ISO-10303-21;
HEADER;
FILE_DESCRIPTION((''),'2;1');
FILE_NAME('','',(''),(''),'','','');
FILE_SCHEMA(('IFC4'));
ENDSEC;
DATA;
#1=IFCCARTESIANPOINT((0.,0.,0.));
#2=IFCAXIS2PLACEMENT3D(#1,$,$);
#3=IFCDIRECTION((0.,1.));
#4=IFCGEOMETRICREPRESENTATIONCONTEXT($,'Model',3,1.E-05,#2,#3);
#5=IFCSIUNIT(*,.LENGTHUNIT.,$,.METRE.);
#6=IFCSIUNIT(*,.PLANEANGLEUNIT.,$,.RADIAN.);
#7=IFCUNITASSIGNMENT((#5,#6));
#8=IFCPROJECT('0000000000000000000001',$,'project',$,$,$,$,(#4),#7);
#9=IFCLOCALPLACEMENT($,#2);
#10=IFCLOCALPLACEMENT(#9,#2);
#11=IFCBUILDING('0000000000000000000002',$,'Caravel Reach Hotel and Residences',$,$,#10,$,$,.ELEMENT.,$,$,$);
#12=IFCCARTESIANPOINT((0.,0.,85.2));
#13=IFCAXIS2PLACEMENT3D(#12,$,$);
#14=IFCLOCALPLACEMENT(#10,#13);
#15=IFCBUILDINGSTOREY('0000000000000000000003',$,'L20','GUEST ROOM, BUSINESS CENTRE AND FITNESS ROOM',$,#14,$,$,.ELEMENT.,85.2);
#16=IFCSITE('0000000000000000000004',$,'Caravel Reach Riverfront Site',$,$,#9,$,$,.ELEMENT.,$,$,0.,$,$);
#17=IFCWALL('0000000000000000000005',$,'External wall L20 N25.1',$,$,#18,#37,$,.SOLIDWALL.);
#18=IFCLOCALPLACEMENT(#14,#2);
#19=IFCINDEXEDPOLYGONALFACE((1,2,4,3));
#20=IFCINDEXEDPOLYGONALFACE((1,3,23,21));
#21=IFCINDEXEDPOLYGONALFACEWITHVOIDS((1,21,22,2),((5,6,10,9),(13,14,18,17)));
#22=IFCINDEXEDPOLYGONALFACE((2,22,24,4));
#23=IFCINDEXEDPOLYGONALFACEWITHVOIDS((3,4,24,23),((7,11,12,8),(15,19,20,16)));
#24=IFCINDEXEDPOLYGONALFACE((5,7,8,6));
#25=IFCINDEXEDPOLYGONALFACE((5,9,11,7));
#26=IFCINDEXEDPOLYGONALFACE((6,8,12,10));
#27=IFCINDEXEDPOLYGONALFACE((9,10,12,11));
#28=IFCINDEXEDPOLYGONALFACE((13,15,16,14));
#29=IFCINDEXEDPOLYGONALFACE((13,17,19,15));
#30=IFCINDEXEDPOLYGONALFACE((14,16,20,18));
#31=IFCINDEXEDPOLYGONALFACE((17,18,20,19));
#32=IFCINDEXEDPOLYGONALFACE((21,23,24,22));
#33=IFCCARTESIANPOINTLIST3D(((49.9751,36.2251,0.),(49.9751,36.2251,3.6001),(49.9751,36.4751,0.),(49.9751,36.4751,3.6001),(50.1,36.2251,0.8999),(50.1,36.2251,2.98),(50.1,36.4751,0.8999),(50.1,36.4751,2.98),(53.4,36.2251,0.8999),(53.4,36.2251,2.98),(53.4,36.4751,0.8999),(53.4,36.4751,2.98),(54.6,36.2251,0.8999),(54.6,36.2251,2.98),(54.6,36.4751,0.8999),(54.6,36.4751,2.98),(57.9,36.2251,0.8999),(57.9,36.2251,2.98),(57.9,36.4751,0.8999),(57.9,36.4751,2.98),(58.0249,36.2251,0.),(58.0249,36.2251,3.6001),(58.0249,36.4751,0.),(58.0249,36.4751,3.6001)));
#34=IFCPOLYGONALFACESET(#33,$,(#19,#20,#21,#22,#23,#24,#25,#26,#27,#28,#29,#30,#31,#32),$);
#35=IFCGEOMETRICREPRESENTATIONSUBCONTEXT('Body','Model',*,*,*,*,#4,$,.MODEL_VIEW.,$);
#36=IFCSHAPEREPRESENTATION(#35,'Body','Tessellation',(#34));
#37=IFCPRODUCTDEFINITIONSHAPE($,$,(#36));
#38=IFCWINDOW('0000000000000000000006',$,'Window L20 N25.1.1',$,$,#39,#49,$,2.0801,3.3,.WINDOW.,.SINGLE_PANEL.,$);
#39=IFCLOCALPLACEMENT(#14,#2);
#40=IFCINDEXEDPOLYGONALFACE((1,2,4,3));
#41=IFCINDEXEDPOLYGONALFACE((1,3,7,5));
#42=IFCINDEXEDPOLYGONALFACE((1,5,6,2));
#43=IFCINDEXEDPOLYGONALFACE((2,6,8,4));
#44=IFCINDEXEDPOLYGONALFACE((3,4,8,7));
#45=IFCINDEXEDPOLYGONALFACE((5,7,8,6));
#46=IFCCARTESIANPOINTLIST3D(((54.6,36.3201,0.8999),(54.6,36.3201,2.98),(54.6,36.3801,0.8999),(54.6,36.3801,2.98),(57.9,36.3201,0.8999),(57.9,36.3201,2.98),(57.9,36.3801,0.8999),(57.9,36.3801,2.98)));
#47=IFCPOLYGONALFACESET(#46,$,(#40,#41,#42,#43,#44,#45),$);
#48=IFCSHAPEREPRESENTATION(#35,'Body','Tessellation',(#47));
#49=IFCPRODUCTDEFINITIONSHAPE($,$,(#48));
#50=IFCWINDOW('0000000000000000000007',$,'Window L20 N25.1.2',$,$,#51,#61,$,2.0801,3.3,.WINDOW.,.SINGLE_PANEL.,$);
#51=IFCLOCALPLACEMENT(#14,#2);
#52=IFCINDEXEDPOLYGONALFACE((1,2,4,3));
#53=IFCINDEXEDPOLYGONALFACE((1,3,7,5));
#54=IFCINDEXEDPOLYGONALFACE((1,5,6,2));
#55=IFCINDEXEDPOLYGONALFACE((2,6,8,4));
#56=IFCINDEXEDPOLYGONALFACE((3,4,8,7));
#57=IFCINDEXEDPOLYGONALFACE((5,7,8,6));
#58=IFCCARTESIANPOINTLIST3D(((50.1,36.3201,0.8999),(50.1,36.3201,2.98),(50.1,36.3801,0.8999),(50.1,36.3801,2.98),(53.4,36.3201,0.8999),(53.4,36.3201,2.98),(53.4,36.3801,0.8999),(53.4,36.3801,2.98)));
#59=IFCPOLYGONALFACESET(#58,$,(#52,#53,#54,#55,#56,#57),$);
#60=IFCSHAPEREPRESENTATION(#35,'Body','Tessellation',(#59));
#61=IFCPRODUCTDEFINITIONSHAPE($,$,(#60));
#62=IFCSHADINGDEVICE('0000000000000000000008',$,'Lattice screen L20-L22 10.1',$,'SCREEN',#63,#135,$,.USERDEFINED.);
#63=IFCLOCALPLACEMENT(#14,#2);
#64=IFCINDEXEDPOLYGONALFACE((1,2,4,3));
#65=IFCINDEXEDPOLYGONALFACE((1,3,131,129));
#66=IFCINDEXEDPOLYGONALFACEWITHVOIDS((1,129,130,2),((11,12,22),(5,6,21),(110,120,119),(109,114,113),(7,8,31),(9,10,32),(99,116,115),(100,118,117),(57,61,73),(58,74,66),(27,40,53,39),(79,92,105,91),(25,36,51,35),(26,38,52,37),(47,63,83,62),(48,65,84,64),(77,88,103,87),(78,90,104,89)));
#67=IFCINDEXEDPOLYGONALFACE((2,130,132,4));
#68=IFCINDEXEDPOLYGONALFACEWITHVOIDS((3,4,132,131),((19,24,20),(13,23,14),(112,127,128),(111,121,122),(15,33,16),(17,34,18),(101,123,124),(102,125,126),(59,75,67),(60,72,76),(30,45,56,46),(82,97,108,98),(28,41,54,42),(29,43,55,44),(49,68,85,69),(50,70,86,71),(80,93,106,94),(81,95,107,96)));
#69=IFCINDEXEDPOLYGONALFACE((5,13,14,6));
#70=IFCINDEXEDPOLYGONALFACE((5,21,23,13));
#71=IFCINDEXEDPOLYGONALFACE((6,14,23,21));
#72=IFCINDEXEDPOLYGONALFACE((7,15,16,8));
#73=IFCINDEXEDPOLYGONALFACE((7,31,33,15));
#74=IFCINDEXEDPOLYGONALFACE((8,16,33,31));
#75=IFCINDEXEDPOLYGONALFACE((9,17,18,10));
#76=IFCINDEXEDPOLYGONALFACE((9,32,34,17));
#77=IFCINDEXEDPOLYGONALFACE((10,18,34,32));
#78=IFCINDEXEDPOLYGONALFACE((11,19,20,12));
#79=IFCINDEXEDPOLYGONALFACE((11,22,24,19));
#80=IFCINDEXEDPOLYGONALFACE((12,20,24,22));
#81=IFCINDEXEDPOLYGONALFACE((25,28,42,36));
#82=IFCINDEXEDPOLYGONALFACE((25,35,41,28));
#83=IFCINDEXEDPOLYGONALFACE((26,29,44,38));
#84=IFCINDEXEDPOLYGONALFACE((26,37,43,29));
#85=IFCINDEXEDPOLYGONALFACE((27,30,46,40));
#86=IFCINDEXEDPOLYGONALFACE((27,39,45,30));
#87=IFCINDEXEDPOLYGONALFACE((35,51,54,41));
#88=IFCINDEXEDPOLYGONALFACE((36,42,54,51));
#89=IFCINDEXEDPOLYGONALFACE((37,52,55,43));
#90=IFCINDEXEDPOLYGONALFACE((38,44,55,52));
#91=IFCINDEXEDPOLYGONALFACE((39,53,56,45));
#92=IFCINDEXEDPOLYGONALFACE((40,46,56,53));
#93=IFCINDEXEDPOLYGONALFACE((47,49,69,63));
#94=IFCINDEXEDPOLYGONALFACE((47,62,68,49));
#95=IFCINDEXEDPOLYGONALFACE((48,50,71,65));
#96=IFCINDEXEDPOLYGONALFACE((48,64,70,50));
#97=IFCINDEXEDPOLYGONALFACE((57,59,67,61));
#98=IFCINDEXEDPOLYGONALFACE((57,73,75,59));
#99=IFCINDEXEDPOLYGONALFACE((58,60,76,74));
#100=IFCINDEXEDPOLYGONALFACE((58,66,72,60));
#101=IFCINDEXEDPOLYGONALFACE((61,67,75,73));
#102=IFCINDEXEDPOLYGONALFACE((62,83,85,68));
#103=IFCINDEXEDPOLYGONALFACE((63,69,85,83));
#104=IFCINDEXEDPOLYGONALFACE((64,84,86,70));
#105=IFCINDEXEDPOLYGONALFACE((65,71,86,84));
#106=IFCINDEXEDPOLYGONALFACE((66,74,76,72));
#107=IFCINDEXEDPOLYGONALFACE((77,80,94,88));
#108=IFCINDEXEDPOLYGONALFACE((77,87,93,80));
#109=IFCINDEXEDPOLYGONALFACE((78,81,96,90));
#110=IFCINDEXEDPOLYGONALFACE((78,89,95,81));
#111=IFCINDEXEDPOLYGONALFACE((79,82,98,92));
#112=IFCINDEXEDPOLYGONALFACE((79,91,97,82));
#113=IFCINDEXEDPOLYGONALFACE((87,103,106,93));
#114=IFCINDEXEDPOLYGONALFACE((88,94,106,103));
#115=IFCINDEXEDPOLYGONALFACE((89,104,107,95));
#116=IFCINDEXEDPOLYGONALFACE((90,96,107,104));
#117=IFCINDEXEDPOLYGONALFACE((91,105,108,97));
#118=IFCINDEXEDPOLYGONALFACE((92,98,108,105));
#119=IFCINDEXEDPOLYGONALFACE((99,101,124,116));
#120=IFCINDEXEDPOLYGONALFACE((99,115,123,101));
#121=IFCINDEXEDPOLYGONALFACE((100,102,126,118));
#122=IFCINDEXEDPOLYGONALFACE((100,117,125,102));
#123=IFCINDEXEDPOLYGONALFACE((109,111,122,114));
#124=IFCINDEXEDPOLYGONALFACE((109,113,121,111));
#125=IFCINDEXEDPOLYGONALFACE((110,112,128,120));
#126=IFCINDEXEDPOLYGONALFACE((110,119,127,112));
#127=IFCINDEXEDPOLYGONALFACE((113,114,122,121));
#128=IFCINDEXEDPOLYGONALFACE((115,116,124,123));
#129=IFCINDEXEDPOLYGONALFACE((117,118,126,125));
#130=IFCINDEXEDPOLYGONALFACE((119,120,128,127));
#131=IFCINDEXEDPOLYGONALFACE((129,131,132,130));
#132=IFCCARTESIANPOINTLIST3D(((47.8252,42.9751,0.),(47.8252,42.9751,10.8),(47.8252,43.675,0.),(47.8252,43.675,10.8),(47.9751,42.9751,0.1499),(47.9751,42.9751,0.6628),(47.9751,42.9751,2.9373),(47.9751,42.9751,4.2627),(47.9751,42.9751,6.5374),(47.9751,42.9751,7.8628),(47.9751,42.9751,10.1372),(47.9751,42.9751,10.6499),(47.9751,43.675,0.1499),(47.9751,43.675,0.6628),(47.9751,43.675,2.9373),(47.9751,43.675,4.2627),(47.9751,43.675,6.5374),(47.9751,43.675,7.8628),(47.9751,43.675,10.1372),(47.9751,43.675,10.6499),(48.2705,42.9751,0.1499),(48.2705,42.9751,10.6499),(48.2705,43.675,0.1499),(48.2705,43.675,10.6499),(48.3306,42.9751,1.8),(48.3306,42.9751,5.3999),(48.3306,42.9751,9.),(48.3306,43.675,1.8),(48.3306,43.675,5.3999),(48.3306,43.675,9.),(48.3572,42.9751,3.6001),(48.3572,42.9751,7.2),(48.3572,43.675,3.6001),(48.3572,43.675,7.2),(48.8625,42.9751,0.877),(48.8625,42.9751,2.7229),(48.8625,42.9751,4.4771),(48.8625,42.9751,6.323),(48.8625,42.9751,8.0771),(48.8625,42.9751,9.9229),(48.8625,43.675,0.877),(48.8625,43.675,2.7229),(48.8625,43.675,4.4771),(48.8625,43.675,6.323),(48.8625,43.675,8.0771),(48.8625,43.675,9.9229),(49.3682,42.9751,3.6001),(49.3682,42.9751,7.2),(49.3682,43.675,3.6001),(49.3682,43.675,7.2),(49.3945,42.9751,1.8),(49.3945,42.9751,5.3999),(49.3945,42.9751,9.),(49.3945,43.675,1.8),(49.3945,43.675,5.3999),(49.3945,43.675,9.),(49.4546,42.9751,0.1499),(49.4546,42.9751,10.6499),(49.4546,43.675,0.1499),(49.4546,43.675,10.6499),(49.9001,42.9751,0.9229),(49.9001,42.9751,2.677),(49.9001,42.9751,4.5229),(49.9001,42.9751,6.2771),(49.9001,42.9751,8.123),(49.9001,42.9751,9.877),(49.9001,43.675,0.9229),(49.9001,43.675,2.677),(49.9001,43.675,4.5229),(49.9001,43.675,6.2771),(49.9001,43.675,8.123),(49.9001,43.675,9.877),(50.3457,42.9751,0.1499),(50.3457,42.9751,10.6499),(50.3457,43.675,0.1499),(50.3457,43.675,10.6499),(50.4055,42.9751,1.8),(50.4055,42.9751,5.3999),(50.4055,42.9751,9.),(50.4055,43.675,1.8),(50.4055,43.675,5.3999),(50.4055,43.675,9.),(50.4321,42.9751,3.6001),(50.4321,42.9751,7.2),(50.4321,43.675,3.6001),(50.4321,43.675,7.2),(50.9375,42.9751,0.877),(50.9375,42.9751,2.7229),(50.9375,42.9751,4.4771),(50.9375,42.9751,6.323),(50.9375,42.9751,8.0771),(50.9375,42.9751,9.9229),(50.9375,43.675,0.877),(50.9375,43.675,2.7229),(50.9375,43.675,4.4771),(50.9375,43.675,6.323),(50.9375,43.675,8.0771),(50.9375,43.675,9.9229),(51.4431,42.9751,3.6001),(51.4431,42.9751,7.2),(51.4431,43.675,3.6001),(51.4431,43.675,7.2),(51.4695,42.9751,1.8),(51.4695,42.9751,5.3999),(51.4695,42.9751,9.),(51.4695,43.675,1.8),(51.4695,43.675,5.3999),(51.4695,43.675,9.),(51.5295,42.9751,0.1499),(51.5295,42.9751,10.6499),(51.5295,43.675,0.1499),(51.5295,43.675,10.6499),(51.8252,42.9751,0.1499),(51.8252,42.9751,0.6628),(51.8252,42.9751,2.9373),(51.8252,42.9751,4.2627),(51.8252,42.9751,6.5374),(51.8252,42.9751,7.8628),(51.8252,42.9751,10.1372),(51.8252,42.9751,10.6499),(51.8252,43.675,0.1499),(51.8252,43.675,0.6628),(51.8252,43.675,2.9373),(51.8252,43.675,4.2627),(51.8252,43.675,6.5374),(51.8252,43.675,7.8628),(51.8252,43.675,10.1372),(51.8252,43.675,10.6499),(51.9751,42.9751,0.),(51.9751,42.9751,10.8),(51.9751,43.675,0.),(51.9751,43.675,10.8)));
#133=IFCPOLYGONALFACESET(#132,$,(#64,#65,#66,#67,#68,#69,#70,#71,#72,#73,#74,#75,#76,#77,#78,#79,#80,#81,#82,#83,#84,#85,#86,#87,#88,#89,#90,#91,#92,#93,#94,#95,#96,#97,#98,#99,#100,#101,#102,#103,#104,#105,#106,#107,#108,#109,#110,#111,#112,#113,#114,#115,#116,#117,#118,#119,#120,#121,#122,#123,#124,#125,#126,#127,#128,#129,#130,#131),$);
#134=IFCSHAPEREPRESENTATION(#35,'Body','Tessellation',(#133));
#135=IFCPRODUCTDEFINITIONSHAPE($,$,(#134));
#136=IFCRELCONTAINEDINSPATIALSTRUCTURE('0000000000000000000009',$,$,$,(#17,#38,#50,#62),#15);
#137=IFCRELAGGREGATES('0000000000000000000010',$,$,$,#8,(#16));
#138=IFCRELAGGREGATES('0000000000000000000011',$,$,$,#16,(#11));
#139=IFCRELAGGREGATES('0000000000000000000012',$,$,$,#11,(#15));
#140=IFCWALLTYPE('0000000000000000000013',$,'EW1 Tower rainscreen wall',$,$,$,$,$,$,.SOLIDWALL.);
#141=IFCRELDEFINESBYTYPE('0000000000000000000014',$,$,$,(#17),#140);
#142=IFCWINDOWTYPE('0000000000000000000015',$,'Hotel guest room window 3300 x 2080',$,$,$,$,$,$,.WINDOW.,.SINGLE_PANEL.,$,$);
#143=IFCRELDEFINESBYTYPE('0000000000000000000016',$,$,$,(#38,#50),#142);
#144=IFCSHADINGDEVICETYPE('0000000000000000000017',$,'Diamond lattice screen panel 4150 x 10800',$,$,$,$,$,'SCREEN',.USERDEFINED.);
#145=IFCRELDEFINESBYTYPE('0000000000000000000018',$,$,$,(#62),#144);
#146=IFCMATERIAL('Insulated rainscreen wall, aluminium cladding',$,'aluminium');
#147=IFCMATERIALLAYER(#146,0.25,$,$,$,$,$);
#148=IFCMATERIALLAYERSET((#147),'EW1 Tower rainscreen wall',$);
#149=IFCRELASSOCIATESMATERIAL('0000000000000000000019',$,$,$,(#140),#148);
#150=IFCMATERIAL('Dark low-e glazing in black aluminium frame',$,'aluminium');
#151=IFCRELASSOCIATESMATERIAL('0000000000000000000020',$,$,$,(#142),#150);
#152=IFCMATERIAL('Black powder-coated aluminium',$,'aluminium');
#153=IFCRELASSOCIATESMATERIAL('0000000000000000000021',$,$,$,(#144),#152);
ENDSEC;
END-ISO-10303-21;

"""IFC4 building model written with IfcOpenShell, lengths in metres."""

from ifc_helpers import new_model, si_unit, direction, frame, frame_2d, origin, place, context, subcontext, project, spatial, polyline, rectangle, outline, extrude, material, layer, layer_set, type_object, element, fill, save


model = new_model("IFC4")

# Units and contexts
model_context = context("Model", 3, precision=1e-05, world=origin(), true_north=direction((0.0, 1.0)))
body_context = subcontext(model_context, "Body", "Model", "MODEL_VIEW")
ifc_project = project(units=[si_unit("LENGTHUNIT", "METRE"), si_unit("PLANEANGLEUNIT", "RADIAN")], contexts=[model_context])

# Site, building, storey
site_placement = place(None, origin())
site = spatial("IfcSite", under=ifc_project, at=site_placement, Name="Caravel Reach Riverfront Site", CompositionType="ELEMENT", RefElevation=0.0)
building_placement = place(site_placement, origin())
building = spatial("IfcBuilding", under=site, at=building_placement, Name="Caravel Reach Hotel and Residences", CompositionType="ELEMENT")
storey_placement = place(building_placement, frame((0.0, 0.0, 85.2)))
storey = spatial("IfcBuildingStorey", under=building, at=storey_placement, Name="L20", Description="GUEST ROOM, BUSINESS CENTRE AND FITNESS ROOM", CompositionType="ELEMENT", Elevation=85.2)

# Shared definitions
ifc_material_1 = material(Name="Insulated rainscreen wall, aluminium cladding", Category="aluminium")
ifc_layer = layer(ifc_material_1, 0.25)
ifc_layer_set = layer_set([ifc_layer], Name="EW1 Tower rainscreen wall")
wall_type = type_object("IfcWallType", Name="EW1 Tower rainscreen wall", PredefinedType="SOLIDWALL", material=ifc_layer_set)

# Wall, openings, windows
wall_1_placement = place(storey_placement, frame((58.0249, 36.3501, 0.0), z_axis=(0.0, 0.0, 1.0), x_axis=(-1.0, 0.0, 0.0)))
wall_1 = element("IfcWall", 1, at=wall_1_placement, inside=storey, type_object=wall_type, Name="External wall L20 N25.1", PredefinedType="SOLIDWALL", context=body_context, shape_type="SweptSolid", body=[
    extrude(rectangle(XDim=8.0498, YDim=0.25, at=frame_2d((4.0249, 0.0))), origin(), (0.0, 0.0, 1.0), 3.6001),
])
opening_1_placement = place(wall_1_placement, frame((0.125, 0.0, 0.8999)))
opening_1 = element("IfcOpeningElement", 2, at=opening_1_placement, cuts=wall_1, PredefinedType="OPENING", context=body_context, shape_type="SweptSolid", body=[
    extrude(rectangle(XDim=3.3, YDim=2.0801, at=frame_2d((1.6499, 1.04))), frame((0.0, 0.135, 0.0), z_axis=(0.0, -1.0, 0.0), x_axis=(1.0, 0.0, 0.0)), (0.0, 0.0, 1.0), 0.27),
])
opening_2_placement = place(wall_1_placement, frame((4.625, 0.0, 0.8999)))
opening_2 = element("IfcOpeningElement", 3, at=opening_2_placement, cuts=wall_1, PredefinedType="OPENING", context=body_context, shape_type="SweptSolid", body=[
    extrude(rectangle(XDim=3.3, YDim=2.0801, at=frame_2d((1.6499, 1.04))), frame((0.0, 0.135, 0.0), z_axis=(0.0, -1.0, 0.0), x_axis=(1.0, 0.0, 0.0)), (0.0, 0.0, 1.0), 0.27),
])
ifc_material_2 = material(Name="Dark low-e glazing in black aluminium frame", Category="aluminium")
window_type_1 = type_object("IfcWindowType", Name="Hotel guest room window 3300 x 2080", PartitioningType="SINGLE_PANEL", PredefinedType="WINDOW", material=ifc_material_2)
window_1_placement = place(opening_1_placement, origin())
window_1 = element("IfcWindow", 4, at=window_1_placement, inside=storey, type_object=window_type_1, Name="Window L20 N25.1.1", OverallHeight=2.0801, OverallWidth=3.3, PartitioningType="SINGLE_PANEL", PredefinedType="WINDOW", context=body_context, shape_type="SweptSolid", body=[
    extrude(rectangle(XDim=3.3, YDim=2.0801, at=frame_2d((1.6499, 1.04))), frame((0.0, 0.03, 0.0), z_axis=(0.0, -1.0, 0.0), x_axis=(1.0, 0.0, 0.0)), (0.0, 0.0, 1.0), 0.0601),
])
fill(opening_1, window_1)
window_2_placement = place(opening_2_placement, origin())
window_2 = element("IfcWindow", 5, at=window_2_placement, inside=storey, type_object=window_type_1, Name="Window L20 N25.1.2", OverallHeight=2.0801, OverallWidth=3.3, PartitioningType="SINGLE_PANEL", PredefinedType="WINDOW", context=body_context, shape_type="SweptSolid", body=[
    extrude(rectangle(XDim=3.3, YDim=2.0801, at=frame_2d((1.6499, 1.04))), frame((0.0, 0.03, 0.0), z_axis=(0.0, -1.0, 0.0), x_axis=(1.0, 0.0, 0.0)), (0.0, 0.0, 1.0), 0.0601),
])
fill(opening_2, window_2)

# Shading device
ifc_material_3 = material(Name="Black powder-coated aluminium", Category="aluminium")
shading_device_type_1 = type_object("IfcShadingDeviceType", Name="Diamond lattice screen panel 4150 x 10800", ElementType="SCREEN", PredefinedType="USERDEFINED", material=ifc_material_3)
shading_device_1_placement = place(storey_placement, frame((51.9751, 42.9751, 0.0), z_axis=(0.0, 1.0, 0.0), x_axis=(-1.0, 0.0, 0.0)))
element("IfcShadingDevice", 6, at=shading_device_1_placement, inside=storey, type_object=shading_device_type_1, Name="Lattice screen L20-L22 10.1", ObjectType="SCREEN", PredefinedType="USERDEFINED", context=body_context, shape_type="SweptSolid", body=[
    extrude(outline(polyline([(0.0, 0.0), (4.1499, 0.0), (4.1499, 10.8), (0.0, 10.8), (0.0, 0.0)]), holes=[polyline([(0.4456, 0.1499), (0.1499, 0.6628), (0.1499, 0.1499), (0.4456, 0.1499)]), polyline([(0.532, 3.6001), (0.1499, 4.2627), (0.1499, 2.9373), (0.532, 3.6001)]), polyline([(0.532, 7.2), (0.1499, 7.8628), (0.1499, 6.5374), (0.532, 7.2)]), polyline([(0.1499, 10.1372), (0.4456, 10.6499), (0.1499, 10.6499), (0.1499, 10.1372)]), polyline([(1.0376, 2.7229), (0.5056, 1.8), (1.0376, 0.877), (1.5696, 1.8), (1.0376, 2.7229)]), polyline([(1.0376, 6.323), (0.5056, 5.3999), (1.0376, 4.4771), (1.5696, 5.3999), (1.0376, 6.323)]), polyline([(1.0376, 9.9229), (0.5056, 9.0), (1.0376, 8.0771), (1.5696, 9.0), (1.0376, 9.9229)]), polyline([(2.075, 0.9229), (1.6294, 0.1499), (2.5205, 0.1499), (2.075, 0.9229)]), polyline([(2.075, 4.5229), (1.543, 3.6001), (2.075, 2.677), (2.6069, 3.6001), (2.075, 4.5229)]), polyline([(2.075, 8.123), (1.543, 7.2), (2.075, 6.2771), (2.6069, 7.2), (2.075, 8.123)]), polyline([(2.075, 9.877), (2.5205, 10.6499), (1.6294, 10.6499), (2.075, 9.877)]), polyline([(3.1125, 2.7229), (2.5806, 1.8), (3.1125, 0.877), (3.6445, 1.8), (3.1125, 2.7229)]), polyline([(3.1125, 6.323), (2.5806, 5.3999), (3.1125, 4.4771), (3.6445, 5.3999), (3.1125, 6.323)]), polyline([(3.1125, 9.9229), (2.5806, 9.0), (3.1125, 8.0771), (3.6445, 9.0), (3.1125, 9.9229)]), polyline([(4.0, 0.6628), (3.7046, 0.1499), (4.0, 0.1499), (4.0, 0.6628)]), polyline([(3.6179, 3.6001), (4.0, 2.9373), (4.0, 4.2627), (3.6179, 3.6001)]), polyline([(3.6179, 7.2), (4.0, 6.5374), (4.0, 7.8628), (3.6179, 7.2)]), polyline([(3.7046, 10.6499), (4.0, 10.1372), (4.0, 10.6499), (3.7046, 10.6499)])]), origin(), (0.0, 0.0, 1.0), 0.7),
])

save(model, "model.ifc")
